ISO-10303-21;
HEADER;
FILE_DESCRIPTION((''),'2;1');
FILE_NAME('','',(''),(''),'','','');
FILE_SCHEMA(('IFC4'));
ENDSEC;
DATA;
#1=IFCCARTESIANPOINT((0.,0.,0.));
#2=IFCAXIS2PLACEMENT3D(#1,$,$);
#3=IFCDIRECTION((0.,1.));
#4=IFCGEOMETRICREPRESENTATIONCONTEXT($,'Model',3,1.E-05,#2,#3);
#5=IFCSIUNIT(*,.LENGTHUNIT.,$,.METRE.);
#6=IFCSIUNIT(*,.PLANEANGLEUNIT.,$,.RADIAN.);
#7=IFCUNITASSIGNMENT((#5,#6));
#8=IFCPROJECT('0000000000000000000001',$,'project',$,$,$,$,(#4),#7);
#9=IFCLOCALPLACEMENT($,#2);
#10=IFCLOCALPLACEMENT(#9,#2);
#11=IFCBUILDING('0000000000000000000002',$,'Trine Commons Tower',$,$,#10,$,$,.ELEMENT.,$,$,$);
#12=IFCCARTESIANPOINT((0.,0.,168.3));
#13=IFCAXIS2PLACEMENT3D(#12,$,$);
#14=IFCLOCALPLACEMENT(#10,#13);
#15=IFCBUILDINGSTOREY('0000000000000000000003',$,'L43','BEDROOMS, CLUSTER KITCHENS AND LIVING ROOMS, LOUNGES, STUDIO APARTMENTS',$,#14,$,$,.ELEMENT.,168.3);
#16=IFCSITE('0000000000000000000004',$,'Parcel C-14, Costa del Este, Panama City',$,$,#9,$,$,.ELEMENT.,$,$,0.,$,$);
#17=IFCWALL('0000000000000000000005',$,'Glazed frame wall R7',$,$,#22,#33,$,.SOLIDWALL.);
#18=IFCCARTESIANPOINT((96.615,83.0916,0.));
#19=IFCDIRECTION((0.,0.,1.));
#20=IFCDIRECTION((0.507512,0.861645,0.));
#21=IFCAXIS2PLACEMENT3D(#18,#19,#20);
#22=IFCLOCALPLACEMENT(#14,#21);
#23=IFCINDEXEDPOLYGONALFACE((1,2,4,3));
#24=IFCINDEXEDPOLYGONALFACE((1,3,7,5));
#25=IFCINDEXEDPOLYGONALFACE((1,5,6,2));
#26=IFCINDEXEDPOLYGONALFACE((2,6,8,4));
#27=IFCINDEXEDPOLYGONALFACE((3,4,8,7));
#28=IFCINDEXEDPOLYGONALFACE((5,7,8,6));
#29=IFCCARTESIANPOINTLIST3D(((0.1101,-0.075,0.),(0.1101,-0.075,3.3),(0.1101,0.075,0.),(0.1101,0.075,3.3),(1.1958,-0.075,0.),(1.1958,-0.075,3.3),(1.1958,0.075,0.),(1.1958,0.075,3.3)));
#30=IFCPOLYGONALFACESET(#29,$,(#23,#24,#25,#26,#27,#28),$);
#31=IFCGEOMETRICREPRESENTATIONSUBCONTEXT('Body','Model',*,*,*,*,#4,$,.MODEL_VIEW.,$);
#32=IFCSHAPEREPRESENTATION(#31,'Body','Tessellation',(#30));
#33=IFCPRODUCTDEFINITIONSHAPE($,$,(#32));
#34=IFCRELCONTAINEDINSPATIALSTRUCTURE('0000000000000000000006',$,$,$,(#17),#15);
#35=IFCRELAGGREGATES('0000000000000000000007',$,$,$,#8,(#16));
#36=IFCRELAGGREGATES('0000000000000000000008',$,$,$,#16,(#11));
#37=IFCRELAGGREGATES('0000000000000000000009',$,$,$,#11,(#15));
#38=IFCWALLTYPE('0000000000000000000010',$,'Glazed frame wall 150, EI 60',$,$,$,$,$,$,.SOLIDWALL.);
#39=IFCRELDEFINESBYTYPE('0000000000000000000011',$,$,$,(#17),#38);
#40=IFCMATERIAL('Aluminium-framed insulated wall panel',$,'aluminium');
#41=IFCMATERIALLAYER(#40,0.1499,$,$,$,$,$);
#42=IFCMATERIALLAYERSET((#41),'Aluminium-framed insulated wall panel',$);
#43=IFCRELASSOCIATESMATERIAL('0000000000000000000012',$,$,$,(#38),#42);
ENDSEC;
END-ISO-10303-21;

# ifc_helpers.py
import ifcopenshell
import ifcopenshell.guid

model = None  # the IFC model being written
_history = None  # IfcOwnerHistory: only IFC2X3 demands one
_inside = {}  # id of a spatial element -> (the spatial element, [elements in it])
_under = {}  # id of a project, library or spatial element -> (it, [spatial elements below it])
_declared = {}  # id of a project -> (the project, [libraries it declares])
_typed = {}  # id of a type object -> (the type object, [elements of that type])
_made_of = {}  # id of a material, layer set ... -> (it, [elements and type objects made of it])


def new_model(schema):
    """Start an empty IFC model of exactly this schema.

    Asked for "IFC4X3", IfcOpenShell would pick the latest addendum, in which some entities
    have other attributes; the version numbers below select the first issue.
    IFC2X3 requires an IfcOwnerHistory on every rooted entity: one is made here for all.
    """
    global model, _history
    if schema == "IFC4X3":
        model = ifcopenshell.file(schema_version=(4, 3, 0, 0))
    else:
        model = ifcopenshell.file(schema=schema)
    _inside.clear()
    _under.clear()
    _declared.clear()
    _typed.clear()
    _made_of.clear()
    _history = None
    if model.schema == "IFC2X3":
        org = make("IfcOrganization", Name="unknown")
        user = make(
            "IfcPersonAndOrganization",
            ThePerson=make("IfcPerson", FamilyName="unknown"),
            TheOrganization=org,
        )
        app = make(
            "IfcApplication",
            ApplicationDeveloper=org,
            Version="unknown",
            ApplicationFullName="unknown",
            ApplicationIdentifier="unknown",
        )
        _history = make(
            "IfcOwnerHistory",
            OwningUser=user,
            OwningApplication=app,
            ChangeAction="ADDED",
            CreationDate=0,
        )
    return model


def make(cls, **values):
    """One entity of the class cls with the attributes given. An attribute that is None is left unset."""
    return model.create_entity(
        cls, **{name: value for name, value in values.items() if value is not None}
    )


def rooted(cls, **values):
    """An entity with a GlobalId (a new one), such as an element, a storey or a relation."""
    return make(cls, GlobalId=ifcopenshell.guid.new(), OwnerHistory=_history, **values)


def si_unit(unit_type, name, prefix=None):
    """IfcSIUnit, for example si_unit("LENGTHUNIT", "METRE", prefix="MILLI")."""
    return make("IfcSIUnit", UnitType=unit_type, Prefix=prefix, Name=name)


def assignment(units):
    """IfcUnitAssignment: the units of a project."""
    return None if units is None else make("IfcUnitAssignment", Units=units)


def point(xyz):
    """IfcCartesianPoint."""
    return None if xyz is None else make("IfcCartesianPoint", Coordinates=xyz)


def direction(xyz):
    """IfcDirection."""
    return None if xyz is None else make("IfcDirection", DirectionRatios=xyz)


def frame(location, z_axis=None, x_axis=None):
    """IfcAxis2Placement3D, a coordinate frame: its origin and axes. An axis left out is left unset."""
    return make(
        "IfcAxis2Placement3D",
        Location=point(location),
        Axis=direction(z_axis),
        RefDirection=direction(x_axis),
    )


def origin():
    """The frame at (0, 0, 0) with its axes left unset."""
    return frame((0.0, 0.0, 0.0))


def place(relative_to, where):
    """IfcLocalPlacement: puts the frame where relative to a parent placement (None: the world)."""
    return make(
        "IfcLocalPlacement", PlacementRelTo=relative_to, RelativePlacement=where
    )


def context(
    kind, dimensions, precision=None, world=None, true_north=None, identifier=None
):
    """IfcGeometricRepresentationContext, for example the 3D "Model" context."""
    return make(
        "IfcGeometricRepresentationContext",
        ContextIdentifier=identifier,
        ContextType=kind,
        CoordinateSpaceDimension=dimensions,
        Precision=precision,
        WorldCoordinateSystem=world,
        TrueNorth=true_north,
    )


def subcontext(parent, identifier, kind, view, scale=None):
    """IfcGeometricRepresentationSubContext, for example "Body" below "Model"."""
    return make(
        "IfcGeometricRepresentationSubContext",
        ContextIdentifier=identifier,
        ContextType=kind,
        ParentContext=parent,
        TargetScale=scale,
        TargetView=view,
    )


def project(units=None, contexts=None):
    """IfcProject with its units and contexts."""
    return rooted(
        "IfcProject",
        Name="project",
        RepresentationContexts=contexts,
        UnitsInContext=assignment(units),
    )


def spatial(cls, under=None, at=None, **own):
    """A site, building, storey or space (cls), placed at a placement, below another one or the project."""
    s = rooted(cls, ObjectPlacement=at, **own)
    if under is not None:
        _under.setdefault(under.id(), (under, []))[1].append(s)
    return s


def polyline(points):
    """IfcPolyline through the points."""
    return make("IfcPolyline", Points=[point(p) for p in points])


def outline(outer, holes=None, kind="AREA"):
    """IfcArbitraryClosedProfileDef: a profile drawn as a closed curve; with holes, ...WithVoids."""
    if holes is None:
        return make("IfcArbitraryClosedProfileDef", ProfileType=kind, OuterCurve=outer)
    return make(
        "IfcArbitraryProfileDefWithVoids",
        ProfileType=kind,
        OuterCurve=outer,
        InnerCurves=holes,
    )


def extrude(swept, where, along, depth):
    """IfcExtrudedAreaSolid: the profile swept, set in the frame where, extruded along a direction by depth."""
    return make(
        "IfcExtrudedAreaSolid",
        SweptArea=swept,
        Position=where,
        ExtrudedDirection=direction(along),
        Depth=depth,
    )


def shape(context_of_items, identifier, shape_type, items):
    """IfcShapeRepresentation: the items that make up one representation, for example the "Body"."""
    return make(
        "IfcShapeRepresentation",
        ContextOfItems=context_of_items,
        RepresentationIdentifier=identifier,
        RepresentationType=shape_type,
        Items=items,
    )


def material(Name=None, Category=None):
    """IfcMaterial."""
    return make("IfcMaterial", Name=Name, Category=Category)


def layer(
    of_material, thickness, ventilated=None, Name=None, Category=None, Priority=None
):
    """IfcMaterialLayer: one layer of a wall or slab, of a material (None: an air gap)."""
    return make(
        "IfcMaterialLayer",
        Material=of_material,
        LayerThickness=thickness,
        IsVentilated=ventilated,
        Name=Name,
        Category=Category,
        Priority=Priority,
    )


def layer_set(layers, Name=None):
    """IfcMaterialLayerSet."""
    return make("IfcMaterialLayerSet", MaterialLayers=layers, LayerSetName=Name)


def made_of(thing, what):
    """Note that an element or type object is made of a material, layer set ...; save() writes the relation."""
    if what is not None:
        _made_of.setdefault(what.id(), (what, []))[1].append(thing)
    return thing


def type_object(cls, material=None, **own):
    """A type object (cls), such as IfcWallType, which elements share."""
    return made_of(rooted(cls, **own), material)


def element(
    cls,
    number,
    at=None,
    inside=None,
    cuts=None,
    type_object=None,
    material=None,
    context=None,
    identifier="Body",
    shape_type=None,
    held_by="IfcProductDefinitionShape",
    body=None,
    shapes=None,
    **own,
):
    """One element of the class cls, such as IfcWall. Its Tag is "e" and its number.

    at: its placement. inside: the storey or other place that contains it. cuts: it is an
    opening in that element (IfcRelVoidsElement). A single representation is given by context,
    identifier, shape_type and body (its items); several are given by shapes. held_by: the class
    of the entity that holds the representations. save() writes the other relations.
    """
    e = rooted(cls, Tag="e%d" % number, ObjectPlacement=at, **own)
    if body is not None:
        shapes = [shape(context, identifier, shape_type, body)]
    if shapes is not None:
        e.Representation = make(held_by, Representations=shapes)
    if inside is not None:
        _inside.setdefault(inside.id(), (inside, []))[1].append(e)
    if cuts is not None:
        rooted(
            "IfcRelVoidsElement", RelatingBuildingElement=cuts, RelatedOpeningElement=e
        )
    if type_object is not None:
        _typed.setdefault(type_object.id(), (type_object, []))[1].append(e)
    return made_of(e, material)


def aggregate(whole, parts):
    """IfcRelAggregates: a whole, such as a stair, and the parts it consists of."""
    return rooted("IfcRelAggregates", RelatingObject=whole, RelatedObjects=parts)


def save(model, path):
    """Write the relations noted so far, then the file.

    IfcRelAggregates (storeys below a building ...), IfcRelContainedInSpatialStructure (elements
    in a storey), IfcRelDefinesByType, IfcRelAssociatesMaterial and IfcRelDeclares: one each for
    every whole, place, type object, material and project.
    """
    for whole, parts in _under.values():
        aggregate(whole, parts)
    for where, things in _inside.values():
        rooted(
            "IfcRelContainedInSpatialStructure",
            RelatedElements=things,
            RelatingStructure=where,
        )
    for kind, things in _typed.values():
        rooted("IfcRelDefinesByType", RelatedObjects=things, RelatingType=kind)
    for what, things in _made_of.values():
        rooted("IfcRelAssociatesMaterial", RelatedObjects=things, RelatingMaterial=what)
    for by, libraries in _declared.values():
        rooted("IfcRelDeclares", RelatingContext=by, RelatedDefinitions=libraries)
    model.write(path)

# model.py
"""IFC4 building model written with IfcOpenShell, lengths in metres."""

from ifc_helpers import new_model, si_unit, direction, frame, origin, place, context, subcontext, project, spatial, polyline, outline, extrude, material, layer, layer_set, type_object, element, save


model = new_model("IFC4")

# Units and contexts
model_context = context("Model", 3, precision=1e-05, world=origin(), true_north=direction((0.0, 1.0)))
body_context = subcontext(model_context, "Body", "Model", "MODEL_VIEW")
ifc_project = project(units=[si_unit("LENGTHUNIT", "METRE"), si_unit("PLANEANGLEUNIT", "RADIAN")], contexts=[model_context])

# Site, building, storey
site_placement = place(None, origin())
site = spatial("IfcSite", under=ifc_project, at=site_placement, Name="Parcel C-14, Costa del Este, Panama City", CompositionType="ELEMENT", RefElevation=0.0)
building_placement = place(site_placement, origin())
building = spatial("IfcBuilding", under=site, at=building_placement, Name="Trine Commons Tower", CompositionType="ELEMENT")
storey_placement = place(building_placement, frame((0.0, 0.0, 168.3)))
storey = spatial("IfcBuildingStorey", under=building, at=storey_placement, Name="L43", Description="BEDROOMS, CLUSTER KITCHENS AND LIVING ROOMS, LOUNGES, STUDIO APARTMENTS", CompositionType="ELEMENT", Elevation=168.3)

# Shared definitions
ifc_material_1 = material(Name="Aluminium-framed insulated wall panel", Category="aluminium")
ifc_layer = layer(ifc_material_1, 0.1499)
ifc_layer_set = layer_set([ifc_layer], Name="Aluminium-framed insulated wall panel")
wall_type = type_object("IfcWallType", Name="Glazed frame wall 150, EI 60", PredefinedType="SOLIDWALL", material=ifc_layer_set)

# Wall
wall_1_placement = place(storey_placement, frame((96.615, 83.0916, 0.0), z_axis=(0.0, 0.0, 1.0), x_axis=(0.507512, 0.861645, 0.0)))
element("IfcWall", 1, at=wall_1_placement, inside=storey, type_object=wall_type, Name="Glazed frame wall R7", PredefinedType="SOLIDWALL", context=body_context, shape_type="SweptSolid", body=[
    extrude(outline(polyline([(0.1101, 0.075), (0.1101, -0.075), (1.1958, -0.075), (1.1958, 0.075), (0.1101, 0.075)])), origin(), (0.0, 0.0, 1.0), 3.3),
])

save(model, "model.ifc")
